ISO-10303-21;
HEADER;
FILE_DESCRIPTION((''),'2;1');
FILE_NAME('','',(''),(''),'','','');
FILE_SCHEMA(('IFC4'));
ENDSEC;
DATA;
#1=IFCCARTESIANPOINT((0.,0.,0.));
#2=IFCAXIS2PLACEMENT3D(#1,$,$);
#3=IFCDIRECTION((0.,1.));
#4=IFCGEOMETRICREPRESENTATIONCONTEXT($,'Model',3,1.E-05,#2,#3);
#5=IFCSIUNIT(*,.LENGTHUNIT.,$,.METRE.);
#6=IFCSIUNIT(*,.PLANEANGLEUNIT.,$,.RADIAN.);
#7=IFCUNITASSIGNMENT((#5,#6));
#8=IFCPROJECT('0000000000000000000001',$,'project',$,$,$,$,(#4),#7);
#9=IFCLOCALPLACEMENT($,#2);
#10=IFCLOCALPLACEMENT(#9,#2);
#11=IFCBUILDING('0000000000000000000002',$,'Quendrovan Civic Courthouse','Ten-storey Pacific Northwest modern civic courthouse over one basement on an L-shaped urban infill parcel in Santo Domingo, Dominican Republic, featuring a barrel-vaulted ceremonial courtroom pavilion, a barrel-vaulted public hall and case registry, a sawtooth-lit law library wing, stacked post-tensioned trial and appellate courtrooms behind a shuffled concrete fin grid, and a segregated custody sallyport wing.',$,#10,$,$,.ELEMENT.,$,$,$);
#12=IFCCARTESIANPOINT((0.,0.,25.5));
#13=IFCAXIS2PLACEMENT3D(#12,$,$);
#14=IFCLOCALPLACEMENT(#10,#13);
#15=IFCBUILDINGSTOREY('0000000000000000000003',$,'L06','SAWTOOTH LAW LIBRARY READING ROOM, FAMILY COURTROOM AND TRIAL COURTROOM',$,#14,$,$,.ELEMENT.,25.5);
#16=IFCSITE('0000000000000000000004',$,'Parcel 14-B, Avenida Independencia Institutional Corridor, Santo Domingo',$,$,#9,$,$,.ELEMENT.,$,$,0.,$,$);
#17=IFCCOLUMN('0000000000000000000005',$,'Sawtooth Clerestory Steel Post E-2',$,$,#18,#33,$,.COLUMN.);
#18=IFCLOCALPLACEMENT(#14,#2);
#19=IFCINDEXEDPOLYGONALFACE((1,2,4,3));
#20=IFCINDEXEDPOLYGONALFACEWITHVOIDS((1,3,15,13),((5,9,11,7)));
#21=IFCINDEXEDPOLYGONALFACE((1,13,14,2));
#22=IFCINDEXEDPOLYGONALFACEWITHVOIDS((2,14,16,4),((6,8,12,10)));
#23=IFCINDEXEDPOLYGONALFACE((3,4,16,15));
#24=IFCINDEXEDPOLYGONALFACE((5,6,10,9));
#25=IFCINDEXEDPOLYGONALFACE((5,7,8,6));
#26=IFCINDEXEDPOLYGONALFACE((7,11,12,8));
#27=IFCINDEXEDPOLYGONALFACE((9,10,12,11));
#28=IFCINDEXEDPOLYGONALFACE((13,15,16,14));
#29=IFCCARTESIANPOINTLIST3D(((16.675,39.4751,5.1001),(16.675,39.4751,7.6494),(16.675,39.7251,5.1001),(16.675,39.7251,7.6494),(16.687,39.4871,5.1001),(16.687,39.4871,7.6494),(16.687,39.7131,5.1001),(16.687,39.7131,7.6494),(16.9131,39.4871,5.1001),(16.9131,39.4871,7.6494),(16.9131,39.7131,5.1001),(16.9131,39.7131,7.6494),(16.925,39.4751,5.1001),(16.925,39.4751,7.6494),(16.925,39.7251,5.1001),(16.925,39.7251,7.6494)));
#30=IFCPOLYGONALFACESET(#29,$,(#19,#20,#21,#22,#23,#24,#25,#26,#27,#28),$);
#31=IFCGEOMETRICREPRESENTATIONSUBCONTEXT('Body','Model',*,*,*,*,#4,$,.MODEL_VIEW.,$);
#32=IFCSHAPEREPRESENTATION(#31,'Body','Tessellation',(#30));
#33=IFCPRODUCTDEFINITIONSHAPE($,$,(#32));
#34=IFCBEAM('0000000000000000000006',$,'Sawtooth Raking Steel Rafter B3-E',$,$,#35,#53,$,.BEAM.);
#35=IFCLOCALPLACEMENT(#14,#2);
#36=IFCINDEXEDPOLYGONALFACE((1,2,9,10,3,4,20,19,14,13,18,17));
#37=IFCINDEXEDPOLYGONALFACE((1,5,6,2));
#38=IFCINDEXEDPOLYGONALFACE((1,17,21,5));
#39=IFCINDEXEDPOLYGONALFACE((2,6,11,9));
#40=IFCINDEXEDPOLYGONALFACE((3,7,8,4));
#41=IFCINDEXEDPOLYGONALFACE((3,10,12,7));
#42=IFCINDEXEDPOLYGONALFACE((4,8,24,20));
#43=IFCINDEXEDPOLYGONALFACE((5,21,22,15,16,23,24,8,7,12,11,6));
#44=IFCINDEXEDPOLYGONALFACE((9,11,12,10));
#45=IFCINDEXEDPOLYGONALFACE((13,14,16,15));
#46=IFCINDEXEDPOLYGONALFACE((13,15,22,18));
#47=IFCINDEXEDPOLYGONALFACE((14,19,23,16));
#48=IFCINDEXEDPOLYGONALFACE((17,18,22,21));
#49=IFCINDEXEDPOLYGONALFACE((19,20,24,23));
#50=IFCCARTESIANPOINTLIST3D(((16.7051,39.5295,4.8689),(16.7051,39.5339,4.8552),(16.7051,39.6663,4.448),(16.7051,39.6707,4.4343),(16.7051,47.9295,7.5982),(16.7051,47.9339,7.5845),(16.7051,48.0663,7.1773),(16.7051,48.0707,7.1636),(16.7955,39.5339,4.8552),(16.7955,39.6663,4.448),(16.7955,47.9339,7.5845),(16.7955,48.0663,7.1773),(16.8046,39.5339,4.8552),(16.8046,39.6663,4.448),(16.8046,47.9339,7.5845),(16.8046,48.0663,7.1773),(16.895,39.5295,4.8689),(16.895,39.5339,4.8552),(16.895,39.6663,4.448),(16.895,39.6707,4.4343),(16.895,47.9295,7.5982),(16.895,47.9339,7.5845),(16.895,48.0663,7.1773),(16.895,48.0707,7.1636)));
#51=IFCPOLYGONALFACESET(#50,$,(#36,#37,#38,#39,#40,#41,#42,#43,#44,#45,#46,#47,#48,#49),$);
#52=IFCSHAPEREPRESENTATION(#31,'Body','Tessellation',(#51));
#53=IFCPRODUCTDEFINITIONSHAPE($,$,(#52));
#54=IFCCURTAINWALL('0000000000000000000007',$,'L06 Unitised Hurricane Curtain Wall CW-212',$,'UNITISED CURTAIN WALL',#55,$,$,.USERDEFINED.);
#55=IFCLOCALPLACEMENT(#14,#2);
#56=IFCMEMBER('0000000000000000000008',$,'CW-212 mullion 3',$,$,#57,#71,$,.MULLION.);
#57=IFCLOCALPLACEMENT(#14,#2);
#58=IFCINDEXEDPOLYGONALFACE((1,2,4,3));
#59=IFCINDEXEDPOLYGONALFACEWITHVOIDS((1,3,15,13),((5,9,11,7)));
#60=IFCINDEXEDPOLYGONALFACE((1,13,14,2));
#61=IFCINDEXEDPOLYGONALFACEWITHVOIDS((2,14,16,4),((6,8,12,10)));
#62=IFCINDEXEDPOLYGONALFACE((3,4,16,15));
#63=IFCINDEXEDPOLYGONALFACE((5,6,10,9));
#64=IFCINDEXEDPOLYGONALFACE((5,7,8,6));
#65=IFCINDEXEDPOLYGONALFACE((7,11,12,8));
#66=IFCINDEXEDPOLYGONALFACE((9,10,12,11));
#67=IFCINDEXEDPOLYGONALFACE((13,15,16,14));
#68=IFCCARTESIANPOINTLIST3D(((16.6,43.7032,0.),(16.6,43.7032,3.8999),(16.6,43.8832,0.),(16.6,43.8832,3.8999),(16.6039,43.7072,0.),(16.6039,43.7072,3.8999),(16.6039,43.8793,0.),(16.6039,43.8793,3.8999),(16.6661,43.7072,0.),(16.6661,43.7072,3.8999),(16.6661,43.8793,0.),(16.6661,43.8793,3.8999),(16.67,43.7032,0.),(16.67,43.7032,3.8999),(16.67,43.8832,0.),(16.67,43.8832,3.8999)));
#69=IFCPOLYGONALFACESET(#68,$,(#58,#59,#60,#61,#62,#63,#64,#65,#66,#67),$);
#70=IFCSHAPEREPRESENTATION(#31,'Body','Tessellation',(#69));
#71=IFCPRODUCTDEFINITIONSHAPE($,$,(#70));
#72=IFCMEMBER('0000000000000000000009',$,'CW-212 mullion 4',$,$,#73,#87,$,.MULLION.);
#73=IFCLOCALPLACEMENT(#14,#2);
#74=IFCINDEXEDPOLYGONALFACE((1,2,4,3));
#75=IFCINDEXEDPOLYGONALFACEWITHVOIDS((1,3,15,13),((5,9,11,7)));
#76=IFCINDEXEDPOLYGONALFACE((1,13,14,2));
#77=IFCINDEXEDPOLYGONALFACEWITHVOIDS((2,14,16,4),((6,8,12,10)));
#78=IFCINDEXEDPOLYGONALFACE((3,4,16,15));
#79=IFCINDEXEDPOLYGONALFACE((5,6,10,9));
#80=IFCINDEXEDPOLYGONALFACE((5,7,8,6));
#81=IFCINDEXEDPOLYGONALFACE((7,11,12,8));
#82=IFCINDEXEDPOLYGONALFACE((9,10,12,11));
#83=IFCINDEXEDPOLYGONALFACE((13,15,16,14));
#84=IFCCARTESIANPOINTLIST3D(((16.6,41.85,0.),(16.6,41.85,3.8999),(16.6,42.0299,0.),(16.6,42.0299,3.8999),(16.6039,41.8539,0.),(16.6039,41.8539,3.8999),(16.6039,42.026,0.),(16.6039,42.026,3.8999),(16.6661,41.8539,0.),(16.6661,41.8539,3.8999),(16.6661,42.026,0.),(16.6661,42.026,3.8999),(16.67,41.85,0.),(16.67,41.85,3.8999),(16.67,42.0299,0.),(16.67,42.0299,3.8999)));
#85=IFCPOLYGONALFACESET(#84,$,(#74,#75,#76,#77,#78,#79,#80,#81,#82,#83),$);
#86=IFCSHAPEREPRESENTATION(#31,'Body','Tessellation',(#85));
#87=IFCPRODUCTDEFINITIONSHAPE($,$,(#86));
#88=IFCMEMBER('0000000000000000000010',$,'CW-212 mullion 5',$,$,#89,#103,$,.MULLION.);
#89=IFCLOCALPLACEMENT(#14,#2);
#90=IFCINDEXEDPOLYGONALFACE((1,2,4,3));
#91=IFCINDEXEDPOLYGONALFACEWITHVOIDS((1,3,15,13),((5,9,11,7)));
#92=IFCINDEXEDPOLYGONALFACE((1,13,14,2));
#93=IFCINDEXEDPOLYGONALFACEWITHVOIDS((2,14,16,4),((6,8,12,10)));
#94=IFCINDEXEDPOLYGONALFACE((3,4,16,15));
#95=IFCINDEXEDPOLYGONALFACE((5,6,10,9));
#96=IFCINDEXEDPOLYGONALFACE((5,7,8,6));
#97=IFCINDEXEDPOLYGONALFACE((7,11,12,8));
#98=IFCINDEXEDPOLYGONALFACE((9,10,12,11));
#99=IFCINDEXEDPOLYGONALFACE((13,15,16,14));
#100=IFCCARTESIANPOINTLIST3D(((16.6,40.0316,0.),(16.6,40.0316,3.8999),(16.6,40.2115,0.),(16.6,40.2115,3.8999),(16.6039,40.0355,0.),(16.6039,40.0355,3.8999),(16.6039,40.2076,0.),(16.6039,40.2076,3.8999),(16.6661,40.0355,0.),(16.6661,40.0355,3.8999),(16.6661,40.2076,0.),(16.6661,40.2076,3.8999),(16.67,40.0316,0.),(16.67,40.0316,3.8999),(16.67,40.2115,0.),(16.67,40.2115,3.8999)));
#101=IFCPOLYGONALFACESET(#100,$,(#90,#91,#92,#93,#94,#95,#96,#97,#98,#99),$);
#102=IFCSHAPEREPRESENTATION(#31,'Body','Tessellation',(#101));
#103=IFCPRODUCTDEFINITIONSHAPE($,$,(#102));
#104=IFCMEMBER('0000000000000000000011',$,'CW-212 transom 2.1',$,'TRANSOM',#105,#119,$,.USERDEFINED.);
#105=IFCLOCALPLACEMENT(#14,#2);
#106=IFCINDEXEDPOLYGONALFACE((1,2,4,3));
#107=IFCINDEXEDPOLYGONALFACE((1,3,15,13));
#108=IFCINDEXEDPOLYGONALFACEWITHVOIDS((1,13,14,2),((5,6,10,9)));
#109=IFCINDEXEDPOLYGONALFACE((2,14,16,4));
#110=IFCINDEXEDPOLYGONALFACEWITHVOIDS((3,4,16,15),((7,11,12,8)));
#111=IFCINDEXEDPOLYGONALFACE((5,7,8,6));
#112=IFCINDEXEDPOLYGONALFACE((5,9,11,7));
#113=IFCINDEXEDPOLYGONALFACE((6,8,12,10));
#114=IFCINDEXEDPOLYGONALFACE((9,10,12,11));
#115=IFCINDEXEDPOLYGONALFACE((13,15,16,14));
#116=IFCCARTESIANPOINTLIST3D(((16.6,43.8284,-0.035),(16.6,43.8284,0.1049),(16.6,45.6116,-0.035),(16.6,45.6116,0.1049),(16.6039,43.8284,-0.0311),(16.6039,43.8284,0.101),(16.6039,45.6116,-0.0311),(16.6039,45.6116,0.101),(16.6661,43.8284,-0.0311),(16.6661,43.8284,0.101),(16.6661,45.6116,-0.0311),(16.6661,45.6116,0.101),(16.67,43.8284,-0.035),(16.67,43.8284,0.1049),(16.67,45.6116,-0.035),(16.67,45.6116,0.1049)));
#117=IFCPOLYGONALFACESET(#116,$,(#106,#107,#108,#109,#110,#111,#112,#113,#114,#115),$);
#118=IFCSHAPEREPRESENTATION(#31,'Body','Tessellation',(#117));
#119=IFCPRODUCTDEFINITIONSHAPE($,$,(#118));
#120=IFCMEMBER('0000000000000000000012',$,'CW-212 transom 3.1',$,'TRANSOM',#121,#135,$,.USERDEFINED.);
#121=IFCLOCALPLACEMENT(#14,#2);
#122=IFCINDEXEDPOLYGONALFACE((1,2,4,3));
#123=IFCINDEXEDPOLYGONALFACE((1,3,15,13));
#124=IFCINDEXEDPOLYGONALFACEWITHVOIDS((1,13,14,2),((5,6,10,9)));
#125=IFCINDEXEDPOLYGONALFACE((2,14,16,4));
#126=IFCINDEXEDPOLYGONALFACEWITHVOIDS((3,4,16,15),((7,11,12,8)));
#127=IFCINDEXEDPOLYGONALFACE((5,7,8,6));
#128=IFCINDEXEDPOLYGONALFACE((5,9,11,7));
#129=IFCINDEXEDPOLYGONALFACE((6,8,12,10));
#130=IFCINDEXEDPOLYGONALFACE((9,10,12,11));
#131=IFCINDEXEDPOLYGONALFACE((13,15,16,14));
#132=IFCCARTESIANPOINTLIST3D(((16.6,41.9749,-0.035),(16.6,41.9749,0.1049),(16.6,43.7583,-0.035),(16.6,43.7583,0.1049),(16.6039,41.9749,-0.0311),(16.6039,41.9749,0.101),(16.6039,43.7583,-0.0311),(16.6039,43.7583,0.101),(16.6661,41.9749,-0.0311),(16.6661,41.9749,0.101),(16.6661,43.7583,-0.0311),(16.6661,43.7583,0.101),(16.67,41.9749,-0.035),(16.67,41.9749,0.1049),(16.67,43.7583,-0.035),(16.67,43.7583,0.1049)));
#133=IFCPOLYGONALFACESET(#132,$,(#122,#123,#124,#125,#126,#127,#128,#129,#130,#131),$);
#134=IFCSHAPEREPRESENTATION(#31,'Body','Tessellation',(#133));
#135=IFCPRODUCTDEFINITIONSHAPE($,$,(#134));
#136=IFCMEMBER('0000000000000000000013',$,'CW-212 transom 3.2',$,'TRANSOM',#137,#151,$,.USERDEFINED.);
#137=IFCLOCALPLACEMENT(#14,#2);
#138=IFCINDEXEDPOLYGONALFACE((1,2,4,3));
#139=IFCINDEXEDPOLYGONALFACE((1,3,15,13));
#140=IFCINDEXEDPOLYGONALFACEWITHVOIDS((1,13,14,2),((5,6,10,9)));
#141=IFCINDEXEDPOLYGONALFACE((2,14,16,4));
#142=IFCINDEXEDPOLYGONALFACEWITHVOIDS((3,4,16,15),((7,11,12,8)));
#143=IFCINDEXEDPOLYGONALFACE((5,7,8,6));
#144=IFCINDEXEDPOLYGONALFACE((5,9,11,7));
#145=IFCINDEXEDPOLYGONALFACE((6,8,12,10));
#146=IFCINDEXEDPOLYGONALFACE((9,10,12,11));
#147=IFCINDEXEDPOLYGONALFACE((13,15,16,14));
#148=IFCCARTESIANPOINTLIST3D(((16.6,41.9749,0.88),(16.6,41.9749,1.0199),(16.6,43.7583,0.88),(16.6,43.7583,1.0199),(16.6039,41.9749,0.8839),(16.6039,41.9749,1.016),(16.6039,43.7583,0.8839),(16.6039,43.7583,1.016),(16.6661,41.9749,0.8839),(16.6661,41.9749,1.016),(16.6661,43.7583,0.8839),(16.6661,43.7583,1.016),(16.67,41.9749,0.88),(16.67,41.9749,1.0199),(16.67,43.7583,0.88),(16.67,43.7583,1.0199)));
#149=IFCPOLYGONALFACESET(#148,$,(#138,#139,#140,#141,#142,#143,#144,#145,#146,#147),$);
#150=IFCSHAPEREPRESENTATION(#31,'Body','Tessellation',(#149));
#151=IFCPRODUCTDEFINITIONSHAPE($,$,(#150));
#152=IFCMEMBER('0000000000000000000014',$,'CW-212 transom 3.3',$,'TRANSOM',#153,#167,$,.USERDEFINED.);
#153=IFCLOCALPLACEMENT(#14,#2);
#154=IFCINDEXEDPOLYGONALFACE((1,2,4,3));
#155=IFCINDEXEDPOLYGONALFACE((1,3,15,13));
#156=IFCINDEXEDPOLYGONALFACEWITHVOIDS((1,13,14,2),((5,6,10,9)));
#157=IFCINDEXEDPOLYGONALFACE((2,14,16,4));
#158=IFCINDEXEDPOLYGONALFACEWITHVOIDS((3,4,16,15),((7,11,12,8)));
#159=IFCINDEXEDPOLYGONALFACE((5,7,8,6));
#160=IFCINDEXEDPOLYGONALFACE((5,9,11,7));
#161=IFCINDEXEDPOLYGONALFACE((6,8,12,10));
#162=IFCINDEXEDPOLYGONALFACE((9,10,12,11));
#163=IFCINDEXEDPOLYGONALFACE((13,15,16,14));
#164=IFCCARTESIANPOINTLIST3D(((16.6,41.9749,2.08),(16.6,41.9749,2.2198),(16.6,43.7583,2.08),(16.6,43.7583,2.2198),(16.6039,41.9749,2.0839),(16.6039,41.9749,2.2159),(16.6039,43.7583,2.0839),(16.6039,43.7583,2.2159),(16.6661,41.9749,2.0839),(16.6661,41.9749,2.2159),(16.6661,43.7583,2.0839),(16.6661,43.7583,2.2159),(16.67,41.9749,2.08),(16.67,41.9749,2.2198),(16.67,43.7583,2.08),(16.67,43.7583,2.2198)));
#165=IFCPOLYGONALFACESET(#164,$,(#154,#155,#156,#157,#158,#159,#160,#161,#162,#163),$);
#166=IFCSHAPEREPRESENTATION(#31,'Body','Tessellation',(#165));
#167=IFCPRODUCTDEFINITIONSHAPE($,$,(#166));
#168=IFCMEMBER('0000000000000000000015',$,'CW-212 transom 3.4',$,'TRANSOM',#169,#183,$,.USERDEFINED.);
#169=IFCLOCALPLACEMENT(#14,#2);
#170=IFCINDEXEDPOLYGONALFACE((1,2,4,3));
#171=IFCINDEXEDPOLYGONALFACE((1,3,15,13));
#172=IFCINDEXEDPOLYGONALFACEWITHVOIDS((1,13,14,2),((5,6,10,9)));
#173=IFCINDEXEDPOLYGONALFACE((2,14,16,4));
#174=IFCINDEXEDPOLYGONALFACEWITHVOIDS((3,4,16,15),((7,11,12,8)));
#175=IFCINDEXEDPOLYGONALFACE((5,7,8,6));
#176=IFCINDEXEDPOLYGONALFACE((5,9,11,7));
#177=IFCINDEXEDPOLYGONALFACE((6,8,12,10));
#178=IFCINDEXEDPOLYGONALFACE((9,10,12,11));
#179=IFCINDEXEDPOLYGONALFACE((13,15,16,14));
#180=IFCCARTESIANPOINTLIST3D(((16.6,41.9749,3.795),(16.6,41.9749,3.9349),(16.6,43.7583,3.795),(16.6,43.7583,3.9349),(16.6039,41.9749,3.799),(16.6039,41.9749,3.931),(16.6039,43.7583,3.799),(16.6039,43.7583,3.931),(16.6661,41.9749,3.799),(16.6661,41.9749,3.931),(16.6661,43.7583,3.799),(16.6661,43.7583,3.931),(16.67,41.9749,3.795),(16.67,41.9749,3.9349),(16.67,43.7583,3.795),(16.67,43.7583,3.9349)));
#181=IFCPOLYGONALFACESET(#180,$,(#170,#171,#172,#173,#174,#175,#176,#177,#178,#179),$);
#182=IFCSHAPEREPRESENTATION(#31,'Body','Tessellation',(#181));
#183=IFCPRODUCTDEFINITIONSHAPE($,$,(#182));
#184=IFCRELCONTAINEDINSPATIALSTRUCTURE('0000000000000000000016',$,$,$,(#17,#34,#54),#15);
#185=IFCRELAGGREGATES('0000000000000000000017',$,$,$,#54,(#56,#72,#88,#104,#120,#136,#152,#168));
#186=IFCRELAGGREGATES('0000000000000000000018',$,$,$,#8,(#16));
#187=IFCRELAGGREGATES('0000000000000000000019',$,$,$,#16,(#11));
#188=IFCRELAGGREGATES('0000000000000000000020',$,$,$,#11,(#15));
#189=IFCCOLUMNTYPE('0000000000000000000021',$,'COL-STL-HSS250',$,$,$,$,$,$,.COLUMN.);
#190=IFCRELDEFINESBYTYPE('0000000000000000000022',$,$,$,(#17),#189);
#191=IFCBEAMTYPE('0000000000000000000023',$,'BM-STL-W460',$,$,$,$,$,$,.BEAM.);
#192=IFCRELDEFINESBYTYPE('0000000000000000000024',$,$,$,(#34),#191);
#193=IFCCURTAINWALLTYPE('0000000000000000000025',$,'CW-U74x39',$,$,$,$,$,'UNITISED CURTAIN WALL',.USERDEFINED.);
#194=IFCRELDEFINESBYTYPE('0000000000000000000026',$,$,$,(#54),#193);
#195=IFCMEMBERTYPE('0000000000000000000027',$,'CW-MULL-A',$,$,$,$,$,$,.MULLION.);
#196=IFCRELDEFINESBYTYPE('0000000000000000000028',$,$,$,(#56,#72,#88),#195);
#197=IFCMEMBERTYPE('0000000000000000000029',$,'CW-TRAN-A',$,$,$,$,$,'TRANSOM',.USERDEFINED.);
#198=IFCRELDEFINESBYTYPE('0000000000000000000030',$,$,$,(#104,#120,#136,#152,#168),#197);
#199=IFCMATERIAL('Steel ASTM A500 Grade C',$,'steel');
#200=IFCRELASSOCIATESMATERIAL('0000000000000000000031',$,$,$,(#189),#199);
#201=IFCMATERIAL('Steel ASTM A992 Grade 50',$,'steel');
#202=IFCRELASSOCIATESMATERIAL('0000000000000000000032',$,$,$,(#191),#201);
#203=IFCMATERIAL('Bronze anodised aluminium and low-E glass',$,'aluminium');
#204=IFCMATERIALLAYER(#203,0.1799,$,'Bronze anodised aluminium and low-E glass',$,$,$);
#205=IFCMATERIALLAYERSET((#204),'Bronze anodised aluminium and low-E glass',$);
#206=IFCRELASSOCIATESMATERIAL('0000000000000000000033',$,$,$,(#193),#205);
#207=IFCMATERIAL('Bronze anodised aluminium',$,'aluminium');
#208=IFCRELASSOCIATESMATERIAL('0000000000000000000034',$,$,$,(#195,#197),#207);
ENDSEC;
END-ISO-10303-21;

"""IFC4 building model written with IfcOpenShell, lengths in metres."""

from ifc_helpers import new_model, si_unit, direction, frame, origin, origin_2d, place, context, subcontext, project, spatial, hollow_rectangle, i_section, extrude, material, layer, layer_set, material_profile, profile_set, type_object, element, aggregate, save


model = new_model("IFC4")

# Units and contexts
model_context = context("Model", 3, precision=1e-05, world=origin(), true_north=direction((0.0, 1.0)))
body_context = subcontext(model_context, "Body", "Model", "MODEL_VIEW")
ifc_project = project(units=[si_unit("LENGTHUNIT", "METRE"), si_unit("PLANEANGLEUNIT", "RADIAN")], contexts=[model_context])

# Site, building, storey
site_placement = place(None, origin())
site = spatial("IfcSite", under=ifc_project, at=site_placement, Name="Parcel 14-B, Avenida Independencia Institutional Corridor, Santo Domingo", CompositionType="ELEMENT", RefElevation=0.0)
building_placement = place(site_placement, origin())
building = spatial("IfcBuilding", under=site, at=building_placement, Name="Quendrovan Civic Courthouse", Description="Ten-storey Pacific Northwest modern civic courthouse over one basement on an L-shaped urban infill parcel in Santo Domingo, Dominican Republic, featuring a barrel-vaulted ceremonial courtroom pavilion, a barrel-vaulted public hall and case registry, a sawtooth-lit law library wing, stacked post-tensioned trial and appellate courtrooms behind a shuffled concrete fin grid, and a segregated custody sallyport wing.", CompositionType="ELEMENT")
storey_placement = place(building_placement, frame((0.0, 0.0, 25.5)))
storey = spatial("IfcBuildingStorey", under=building, at=storey_placement, Name="L06", Description="SAWTOOTH LAW LIBRARY READING ROOM, FAMILY COURTROOM AND TRIAL COURTROOM", CompositionType="ELEMENT", Elevation=25.5)

# Column
ifc_material_1 = material(Name="Steel ASTM A500 Grade C", Category="steel")
ifc_material_profile_1 = material_profile(ifc_material_1, hollow_rectangle(XDim=0.25, YDim=0.25, WallThickness=0.012, at=origin_2d()), Name="HSS250x250x12")
ifc_profile_set_1 = profile_set([ifc_material_profile_1], Name="Steel ASTM A500 Grade C")
column_type = type_object("IfcColumnType", Name="COL-STL-HSS250", PredefinedType="COLUMN", material=ifc_profile_set_1)
column_placement = place(storey_placement, frame((16.8, 39.6001, 5.1001), z_axis=(0.0, 0.0, 1.0), x_axis=(1.0, 0.0, 0.0)))
element("IfcColumn", 1, at=column_placement, inside=storey, type_object=column_type, Name="Sawtooth Clerestory Steel Post E-2", PredefinedType="COLUMN", context=body_context, shape_type="SweptSolid", body=[
    extrude(hollow_rectangle(XDim=0.25, YDim=0.25, WallThickness=0.012, at=origin_2d()), origin(), (0.0, 0.0, 1.0), 2.5493),
])

# Beam
ifc_material_2 = material(Name="Steel ASTM A992 Grade 50", Category="steel")
ifc_material_profile_2 = material_profile(ifc_material_2, i_section(OverallWidth=0.1899, OverallDepth=0.457, WebThickness=0.009, FlangeThickness=0.0144, at=origin_2d()), Name="W460x74")
ifc_profile_set_2 = profile_set([ifc_material_profile_2], Name="Steel ASTM A992 Grade 50")
beam_type = type_object("IfcBeamType", Name="BM-STL-W460", PredefinedType="BEAM", material=ifc_profile_set_2)
beam_placement = place(storey_placement, frame((16.8, 39.6001, 4.6516), z_axis=(0.0, 0.951058, 0.309012), x_axis=(-1.0, 0.0, 0.0)))
element("IfcBeam", 2, at=beam_placement, inside=storey, type_object=beam_type, Name="Sawtooth Raking Steel Rafter B3-E", PredefinedType="BEAM", context=body_context, shape_type="SweptSolid", body=[
    extrude(i_section(OverallWidth=0.1899, OverallDepth=0.457, WebThickness=0.009, FlangeThickness=0.0144, at=origin_2d()), origin(), (0.0, 0.0, 1.0), 8.8323),
])

# Curtain wall, members
ifc_material_3 = material(Name="Bronze anodised aluminium and low-E glass", Category="aluminium")
ifc_layer_1 = layer(ifc_material_3, 0.1799, Name="Bronze anodised aluminium and low-E glass")
ifc_layer_set_1 = layer_set([ifc_layer_1], Name="Bronze anodised aluminium and low-E glass")
curtain_wall_type = type_object("IfcCurtainWallType", Name="CW-U74x39", ElementType="UNITISED CURTAIN WALL", PredefinedType="USERDEFINED", material=ifc_layer_set_1)
curtain_wall_placement = place(storey_placement, origin())
curtain_wall = element("IfcCurtainWall", 3, at=curtain_wall_placement, inside=storey, type_object=curtain_wall_type, Name="L06 Unitised Hurricane Curtain Wall CW-212", ObjectType="UNITISED CURTAIN WALL", PredefinedType="USERDEFINED")
ifc_material_4 = material(Name="Bronze anodised aluminium", Category="aluminium")
ifc_material_profile_3 = material_profile(ifc_material_4, hollow_rectangle(XDim=0.0701, YDim=0.1799, WallThickness=0.0039, at=origin_2d()), Name="CW-MULL-70x180")
ifc_profile_set_3 = profile_set([ifc_material_profile_3], Name="Bronze anodised aluminium")
member_type_1 = type_object("IfcMemberType", Name="CW-MULL-A", PredefinedType="MULLION", material=ifc_profile_set_3)
member_1_placement = place(storey_placement, frame((16.635, 43.7932, 0.0), z_axis=(0.0, 0.0, 1.0), x_axis=(1.0, 0.0, 0.0)))
member_1 = element("IfcMember", 4, at=member_1_placement, type_object=member_type_1, Name="CW-212 mullion 3", PredefinedType="MULLION", context=body_context, shape_type="SweptSolid", body=[
    extrude(hollow_rectangle(XDim=0.0701, YDim=0.1799, WallThickness=0.0039, at=origin_2d()), origin(), (0.0, 0.0, 1.0), 3.8999),
])
member_2_placement = place(storey_placement, frame((16.635, 41.9399, 0.0), z_axis=(0.0, 0.0, 1.0), x_axis=(1.0, 0.0, 0.0)))
member_2 = element("IfcMember", 5, at=member_2_placement, type_object=member_type_1, Name="CW-212 mullion 4", PredefinedType="MULLION", context=body_context, shape_type="SweptSolid", body=[
    extrude(hollow_rectangle(XDim=0.0701, YDim=0.1799, WallThickness=0.0039, at=origin_2d()), origin(), (0.0, 0.0, 1.0), 3.8999),
])
member_3_placement = place(storey_placement, frame((16.635, 40.1216, 0.0), z_axis=(0.0, 0.0, 1.0), x_axis=(1.0, 0.0, 0.0)))
member_3 = element("IfcMember", 6, at=member_3_placement, type_object=member_type_1, Name="CW-212 mullion 5", PredefinedType="MULLION", context=body_context, shape_type="SweptSolid", body=[
    extrude(hollow_rectangle(XDim=0.0701, YDim=0.1799, WallThickness=0.0039, at=origin_2d()), origin(), (0.0, 0.0, 1.0), 3.8999),
])
ifc_material_profile_4 = material_profile(ifc_material_4, hollow_rectangle(XDim=0.0701, YDim=0.1399, WallThickness=0.0039, at=origin_2d()), Name="CW-TRAN-70x140")
ifc_profile_set_4 = profile_set([ifc_material_profile_4], Name="Bronze anodised aluminium")
member_type_2 = type_object("IfcMemberType", Name="CW-TRAN-A", ElementType="TRANSOM", PredefinedType="USERDEFINED", material=ifc_profile_set_4)
member_4_placement = place(storey_placement, frame((16.635, 45.6116, 0.0349), z_axis=(0.0, -1.0, 0.0), x_axis=(1.0, 0.0, 0.0)))
member_4 = element("IfcMember", 7, at=member_4_placement, type_object=member_type_2, Name="CW-212 transom 2.1", ObjectType="TRANSOM", PredefinedType="USERDEFINED", context=body_context, shape_type="SweptSolid", body=[
    extrude(hollow_rectangle(XDim=0.0701, YDim=0.1399, WallThickness=0.0039, at=origin_2d()), origin(), (0.0, 0.0, 1.0), 1.7832),
])
member_5_placement = place(storey_placement, frame((16.635, 43.7583, 0.0349), z_axis=(0.0, -1.0, 0.0), x_axis=(1.0, 0.0, 0.0)))
member_5 = element("IfcMember", 8, at=member_5_placement, type_object=member_type_2, Name="CW-212 transom 3.1", ObjectType="TRANSOM", PredefinedType="USERDEFINED", context=body_context, shape_type="SweptSolid", body=[
    extrude(hollow_rectangle(XDim=0.0701, YDim=0.1399, WallThickness=0.0039, at=origin_2d()), origin(), (0.0, 0.0, 1.0), 1.7834),
])
member_6_placement = place(storey_placement, frame((16.635, 43.7583, 0.95), z_axis=(0.0, -1.0, 0.0), x_axis=(1.0, 0.0, 0.0)))
member_6 = element("IfcMember", 9, at=member_6_placement, type_object=member_type_2, Name="CW-212 transom 3.2", ObjectType="TRANSOM", PredefinedType="USERDEFINED", context=body_context, shape_type="SweptSolid", body=[
    extrude(hollow_rectangle(XDim=0.0701, YDim=0.1399, WallThickness=0.0039, at=origin_2d()), origin(), (0.0, 0.0, 1.0), 1.7834),
])
member_7_placement = place(storey_placement, frame((16.635, 43.7583, 2.1499), z_axis=(0.0, -1.0, 0.0), x_axis=(1.0, 0.0, 0.0)))
member_7 = element("IfcMember", 10, at=member_7_placement, type_object=member_type_2, Name="CW-212 transom 3.3", ObjectType="TRANSOM", PredefinedType="USERDEFINED", context=body_context, shape_type="SweptSolid", body=[
    extrude(hollow_rectangle(XDim=0.0701, YDim=0.1399, WallThickness=0.0039, at=origin_2d()), origin(), (0.0, 0.0, 1.0), 1.7834),
])
member_8_placement = place(storey_placement, frame((16.635, 43.7583, 3.865), z_axis=(0.0, -1.0, 0.0), x_axis=(1.0, 0.0, 0.0)))
member_8 = element("IfcMember", 11, at=member_8_placement, type_object=member_type_2, Name="CW-212 transom 3.4", ObjectType="TRANSOM", PredefinedType="USERDEFINED", context=body_context, shape_type="SweptSolid", body=[
    extrude(hollow_rectangle(XDim=0.0701, YDim=0.1399, WallThickness=0.0039, at=origin_2d()), origin(), (0.0, 0.0, 1.0), 1.7834),
])
aggregate(curtain_wall, [member_1, member_2, member_3, member_4, member_5, member_6, member_7, member_8])

save(model, "model.ifc")
